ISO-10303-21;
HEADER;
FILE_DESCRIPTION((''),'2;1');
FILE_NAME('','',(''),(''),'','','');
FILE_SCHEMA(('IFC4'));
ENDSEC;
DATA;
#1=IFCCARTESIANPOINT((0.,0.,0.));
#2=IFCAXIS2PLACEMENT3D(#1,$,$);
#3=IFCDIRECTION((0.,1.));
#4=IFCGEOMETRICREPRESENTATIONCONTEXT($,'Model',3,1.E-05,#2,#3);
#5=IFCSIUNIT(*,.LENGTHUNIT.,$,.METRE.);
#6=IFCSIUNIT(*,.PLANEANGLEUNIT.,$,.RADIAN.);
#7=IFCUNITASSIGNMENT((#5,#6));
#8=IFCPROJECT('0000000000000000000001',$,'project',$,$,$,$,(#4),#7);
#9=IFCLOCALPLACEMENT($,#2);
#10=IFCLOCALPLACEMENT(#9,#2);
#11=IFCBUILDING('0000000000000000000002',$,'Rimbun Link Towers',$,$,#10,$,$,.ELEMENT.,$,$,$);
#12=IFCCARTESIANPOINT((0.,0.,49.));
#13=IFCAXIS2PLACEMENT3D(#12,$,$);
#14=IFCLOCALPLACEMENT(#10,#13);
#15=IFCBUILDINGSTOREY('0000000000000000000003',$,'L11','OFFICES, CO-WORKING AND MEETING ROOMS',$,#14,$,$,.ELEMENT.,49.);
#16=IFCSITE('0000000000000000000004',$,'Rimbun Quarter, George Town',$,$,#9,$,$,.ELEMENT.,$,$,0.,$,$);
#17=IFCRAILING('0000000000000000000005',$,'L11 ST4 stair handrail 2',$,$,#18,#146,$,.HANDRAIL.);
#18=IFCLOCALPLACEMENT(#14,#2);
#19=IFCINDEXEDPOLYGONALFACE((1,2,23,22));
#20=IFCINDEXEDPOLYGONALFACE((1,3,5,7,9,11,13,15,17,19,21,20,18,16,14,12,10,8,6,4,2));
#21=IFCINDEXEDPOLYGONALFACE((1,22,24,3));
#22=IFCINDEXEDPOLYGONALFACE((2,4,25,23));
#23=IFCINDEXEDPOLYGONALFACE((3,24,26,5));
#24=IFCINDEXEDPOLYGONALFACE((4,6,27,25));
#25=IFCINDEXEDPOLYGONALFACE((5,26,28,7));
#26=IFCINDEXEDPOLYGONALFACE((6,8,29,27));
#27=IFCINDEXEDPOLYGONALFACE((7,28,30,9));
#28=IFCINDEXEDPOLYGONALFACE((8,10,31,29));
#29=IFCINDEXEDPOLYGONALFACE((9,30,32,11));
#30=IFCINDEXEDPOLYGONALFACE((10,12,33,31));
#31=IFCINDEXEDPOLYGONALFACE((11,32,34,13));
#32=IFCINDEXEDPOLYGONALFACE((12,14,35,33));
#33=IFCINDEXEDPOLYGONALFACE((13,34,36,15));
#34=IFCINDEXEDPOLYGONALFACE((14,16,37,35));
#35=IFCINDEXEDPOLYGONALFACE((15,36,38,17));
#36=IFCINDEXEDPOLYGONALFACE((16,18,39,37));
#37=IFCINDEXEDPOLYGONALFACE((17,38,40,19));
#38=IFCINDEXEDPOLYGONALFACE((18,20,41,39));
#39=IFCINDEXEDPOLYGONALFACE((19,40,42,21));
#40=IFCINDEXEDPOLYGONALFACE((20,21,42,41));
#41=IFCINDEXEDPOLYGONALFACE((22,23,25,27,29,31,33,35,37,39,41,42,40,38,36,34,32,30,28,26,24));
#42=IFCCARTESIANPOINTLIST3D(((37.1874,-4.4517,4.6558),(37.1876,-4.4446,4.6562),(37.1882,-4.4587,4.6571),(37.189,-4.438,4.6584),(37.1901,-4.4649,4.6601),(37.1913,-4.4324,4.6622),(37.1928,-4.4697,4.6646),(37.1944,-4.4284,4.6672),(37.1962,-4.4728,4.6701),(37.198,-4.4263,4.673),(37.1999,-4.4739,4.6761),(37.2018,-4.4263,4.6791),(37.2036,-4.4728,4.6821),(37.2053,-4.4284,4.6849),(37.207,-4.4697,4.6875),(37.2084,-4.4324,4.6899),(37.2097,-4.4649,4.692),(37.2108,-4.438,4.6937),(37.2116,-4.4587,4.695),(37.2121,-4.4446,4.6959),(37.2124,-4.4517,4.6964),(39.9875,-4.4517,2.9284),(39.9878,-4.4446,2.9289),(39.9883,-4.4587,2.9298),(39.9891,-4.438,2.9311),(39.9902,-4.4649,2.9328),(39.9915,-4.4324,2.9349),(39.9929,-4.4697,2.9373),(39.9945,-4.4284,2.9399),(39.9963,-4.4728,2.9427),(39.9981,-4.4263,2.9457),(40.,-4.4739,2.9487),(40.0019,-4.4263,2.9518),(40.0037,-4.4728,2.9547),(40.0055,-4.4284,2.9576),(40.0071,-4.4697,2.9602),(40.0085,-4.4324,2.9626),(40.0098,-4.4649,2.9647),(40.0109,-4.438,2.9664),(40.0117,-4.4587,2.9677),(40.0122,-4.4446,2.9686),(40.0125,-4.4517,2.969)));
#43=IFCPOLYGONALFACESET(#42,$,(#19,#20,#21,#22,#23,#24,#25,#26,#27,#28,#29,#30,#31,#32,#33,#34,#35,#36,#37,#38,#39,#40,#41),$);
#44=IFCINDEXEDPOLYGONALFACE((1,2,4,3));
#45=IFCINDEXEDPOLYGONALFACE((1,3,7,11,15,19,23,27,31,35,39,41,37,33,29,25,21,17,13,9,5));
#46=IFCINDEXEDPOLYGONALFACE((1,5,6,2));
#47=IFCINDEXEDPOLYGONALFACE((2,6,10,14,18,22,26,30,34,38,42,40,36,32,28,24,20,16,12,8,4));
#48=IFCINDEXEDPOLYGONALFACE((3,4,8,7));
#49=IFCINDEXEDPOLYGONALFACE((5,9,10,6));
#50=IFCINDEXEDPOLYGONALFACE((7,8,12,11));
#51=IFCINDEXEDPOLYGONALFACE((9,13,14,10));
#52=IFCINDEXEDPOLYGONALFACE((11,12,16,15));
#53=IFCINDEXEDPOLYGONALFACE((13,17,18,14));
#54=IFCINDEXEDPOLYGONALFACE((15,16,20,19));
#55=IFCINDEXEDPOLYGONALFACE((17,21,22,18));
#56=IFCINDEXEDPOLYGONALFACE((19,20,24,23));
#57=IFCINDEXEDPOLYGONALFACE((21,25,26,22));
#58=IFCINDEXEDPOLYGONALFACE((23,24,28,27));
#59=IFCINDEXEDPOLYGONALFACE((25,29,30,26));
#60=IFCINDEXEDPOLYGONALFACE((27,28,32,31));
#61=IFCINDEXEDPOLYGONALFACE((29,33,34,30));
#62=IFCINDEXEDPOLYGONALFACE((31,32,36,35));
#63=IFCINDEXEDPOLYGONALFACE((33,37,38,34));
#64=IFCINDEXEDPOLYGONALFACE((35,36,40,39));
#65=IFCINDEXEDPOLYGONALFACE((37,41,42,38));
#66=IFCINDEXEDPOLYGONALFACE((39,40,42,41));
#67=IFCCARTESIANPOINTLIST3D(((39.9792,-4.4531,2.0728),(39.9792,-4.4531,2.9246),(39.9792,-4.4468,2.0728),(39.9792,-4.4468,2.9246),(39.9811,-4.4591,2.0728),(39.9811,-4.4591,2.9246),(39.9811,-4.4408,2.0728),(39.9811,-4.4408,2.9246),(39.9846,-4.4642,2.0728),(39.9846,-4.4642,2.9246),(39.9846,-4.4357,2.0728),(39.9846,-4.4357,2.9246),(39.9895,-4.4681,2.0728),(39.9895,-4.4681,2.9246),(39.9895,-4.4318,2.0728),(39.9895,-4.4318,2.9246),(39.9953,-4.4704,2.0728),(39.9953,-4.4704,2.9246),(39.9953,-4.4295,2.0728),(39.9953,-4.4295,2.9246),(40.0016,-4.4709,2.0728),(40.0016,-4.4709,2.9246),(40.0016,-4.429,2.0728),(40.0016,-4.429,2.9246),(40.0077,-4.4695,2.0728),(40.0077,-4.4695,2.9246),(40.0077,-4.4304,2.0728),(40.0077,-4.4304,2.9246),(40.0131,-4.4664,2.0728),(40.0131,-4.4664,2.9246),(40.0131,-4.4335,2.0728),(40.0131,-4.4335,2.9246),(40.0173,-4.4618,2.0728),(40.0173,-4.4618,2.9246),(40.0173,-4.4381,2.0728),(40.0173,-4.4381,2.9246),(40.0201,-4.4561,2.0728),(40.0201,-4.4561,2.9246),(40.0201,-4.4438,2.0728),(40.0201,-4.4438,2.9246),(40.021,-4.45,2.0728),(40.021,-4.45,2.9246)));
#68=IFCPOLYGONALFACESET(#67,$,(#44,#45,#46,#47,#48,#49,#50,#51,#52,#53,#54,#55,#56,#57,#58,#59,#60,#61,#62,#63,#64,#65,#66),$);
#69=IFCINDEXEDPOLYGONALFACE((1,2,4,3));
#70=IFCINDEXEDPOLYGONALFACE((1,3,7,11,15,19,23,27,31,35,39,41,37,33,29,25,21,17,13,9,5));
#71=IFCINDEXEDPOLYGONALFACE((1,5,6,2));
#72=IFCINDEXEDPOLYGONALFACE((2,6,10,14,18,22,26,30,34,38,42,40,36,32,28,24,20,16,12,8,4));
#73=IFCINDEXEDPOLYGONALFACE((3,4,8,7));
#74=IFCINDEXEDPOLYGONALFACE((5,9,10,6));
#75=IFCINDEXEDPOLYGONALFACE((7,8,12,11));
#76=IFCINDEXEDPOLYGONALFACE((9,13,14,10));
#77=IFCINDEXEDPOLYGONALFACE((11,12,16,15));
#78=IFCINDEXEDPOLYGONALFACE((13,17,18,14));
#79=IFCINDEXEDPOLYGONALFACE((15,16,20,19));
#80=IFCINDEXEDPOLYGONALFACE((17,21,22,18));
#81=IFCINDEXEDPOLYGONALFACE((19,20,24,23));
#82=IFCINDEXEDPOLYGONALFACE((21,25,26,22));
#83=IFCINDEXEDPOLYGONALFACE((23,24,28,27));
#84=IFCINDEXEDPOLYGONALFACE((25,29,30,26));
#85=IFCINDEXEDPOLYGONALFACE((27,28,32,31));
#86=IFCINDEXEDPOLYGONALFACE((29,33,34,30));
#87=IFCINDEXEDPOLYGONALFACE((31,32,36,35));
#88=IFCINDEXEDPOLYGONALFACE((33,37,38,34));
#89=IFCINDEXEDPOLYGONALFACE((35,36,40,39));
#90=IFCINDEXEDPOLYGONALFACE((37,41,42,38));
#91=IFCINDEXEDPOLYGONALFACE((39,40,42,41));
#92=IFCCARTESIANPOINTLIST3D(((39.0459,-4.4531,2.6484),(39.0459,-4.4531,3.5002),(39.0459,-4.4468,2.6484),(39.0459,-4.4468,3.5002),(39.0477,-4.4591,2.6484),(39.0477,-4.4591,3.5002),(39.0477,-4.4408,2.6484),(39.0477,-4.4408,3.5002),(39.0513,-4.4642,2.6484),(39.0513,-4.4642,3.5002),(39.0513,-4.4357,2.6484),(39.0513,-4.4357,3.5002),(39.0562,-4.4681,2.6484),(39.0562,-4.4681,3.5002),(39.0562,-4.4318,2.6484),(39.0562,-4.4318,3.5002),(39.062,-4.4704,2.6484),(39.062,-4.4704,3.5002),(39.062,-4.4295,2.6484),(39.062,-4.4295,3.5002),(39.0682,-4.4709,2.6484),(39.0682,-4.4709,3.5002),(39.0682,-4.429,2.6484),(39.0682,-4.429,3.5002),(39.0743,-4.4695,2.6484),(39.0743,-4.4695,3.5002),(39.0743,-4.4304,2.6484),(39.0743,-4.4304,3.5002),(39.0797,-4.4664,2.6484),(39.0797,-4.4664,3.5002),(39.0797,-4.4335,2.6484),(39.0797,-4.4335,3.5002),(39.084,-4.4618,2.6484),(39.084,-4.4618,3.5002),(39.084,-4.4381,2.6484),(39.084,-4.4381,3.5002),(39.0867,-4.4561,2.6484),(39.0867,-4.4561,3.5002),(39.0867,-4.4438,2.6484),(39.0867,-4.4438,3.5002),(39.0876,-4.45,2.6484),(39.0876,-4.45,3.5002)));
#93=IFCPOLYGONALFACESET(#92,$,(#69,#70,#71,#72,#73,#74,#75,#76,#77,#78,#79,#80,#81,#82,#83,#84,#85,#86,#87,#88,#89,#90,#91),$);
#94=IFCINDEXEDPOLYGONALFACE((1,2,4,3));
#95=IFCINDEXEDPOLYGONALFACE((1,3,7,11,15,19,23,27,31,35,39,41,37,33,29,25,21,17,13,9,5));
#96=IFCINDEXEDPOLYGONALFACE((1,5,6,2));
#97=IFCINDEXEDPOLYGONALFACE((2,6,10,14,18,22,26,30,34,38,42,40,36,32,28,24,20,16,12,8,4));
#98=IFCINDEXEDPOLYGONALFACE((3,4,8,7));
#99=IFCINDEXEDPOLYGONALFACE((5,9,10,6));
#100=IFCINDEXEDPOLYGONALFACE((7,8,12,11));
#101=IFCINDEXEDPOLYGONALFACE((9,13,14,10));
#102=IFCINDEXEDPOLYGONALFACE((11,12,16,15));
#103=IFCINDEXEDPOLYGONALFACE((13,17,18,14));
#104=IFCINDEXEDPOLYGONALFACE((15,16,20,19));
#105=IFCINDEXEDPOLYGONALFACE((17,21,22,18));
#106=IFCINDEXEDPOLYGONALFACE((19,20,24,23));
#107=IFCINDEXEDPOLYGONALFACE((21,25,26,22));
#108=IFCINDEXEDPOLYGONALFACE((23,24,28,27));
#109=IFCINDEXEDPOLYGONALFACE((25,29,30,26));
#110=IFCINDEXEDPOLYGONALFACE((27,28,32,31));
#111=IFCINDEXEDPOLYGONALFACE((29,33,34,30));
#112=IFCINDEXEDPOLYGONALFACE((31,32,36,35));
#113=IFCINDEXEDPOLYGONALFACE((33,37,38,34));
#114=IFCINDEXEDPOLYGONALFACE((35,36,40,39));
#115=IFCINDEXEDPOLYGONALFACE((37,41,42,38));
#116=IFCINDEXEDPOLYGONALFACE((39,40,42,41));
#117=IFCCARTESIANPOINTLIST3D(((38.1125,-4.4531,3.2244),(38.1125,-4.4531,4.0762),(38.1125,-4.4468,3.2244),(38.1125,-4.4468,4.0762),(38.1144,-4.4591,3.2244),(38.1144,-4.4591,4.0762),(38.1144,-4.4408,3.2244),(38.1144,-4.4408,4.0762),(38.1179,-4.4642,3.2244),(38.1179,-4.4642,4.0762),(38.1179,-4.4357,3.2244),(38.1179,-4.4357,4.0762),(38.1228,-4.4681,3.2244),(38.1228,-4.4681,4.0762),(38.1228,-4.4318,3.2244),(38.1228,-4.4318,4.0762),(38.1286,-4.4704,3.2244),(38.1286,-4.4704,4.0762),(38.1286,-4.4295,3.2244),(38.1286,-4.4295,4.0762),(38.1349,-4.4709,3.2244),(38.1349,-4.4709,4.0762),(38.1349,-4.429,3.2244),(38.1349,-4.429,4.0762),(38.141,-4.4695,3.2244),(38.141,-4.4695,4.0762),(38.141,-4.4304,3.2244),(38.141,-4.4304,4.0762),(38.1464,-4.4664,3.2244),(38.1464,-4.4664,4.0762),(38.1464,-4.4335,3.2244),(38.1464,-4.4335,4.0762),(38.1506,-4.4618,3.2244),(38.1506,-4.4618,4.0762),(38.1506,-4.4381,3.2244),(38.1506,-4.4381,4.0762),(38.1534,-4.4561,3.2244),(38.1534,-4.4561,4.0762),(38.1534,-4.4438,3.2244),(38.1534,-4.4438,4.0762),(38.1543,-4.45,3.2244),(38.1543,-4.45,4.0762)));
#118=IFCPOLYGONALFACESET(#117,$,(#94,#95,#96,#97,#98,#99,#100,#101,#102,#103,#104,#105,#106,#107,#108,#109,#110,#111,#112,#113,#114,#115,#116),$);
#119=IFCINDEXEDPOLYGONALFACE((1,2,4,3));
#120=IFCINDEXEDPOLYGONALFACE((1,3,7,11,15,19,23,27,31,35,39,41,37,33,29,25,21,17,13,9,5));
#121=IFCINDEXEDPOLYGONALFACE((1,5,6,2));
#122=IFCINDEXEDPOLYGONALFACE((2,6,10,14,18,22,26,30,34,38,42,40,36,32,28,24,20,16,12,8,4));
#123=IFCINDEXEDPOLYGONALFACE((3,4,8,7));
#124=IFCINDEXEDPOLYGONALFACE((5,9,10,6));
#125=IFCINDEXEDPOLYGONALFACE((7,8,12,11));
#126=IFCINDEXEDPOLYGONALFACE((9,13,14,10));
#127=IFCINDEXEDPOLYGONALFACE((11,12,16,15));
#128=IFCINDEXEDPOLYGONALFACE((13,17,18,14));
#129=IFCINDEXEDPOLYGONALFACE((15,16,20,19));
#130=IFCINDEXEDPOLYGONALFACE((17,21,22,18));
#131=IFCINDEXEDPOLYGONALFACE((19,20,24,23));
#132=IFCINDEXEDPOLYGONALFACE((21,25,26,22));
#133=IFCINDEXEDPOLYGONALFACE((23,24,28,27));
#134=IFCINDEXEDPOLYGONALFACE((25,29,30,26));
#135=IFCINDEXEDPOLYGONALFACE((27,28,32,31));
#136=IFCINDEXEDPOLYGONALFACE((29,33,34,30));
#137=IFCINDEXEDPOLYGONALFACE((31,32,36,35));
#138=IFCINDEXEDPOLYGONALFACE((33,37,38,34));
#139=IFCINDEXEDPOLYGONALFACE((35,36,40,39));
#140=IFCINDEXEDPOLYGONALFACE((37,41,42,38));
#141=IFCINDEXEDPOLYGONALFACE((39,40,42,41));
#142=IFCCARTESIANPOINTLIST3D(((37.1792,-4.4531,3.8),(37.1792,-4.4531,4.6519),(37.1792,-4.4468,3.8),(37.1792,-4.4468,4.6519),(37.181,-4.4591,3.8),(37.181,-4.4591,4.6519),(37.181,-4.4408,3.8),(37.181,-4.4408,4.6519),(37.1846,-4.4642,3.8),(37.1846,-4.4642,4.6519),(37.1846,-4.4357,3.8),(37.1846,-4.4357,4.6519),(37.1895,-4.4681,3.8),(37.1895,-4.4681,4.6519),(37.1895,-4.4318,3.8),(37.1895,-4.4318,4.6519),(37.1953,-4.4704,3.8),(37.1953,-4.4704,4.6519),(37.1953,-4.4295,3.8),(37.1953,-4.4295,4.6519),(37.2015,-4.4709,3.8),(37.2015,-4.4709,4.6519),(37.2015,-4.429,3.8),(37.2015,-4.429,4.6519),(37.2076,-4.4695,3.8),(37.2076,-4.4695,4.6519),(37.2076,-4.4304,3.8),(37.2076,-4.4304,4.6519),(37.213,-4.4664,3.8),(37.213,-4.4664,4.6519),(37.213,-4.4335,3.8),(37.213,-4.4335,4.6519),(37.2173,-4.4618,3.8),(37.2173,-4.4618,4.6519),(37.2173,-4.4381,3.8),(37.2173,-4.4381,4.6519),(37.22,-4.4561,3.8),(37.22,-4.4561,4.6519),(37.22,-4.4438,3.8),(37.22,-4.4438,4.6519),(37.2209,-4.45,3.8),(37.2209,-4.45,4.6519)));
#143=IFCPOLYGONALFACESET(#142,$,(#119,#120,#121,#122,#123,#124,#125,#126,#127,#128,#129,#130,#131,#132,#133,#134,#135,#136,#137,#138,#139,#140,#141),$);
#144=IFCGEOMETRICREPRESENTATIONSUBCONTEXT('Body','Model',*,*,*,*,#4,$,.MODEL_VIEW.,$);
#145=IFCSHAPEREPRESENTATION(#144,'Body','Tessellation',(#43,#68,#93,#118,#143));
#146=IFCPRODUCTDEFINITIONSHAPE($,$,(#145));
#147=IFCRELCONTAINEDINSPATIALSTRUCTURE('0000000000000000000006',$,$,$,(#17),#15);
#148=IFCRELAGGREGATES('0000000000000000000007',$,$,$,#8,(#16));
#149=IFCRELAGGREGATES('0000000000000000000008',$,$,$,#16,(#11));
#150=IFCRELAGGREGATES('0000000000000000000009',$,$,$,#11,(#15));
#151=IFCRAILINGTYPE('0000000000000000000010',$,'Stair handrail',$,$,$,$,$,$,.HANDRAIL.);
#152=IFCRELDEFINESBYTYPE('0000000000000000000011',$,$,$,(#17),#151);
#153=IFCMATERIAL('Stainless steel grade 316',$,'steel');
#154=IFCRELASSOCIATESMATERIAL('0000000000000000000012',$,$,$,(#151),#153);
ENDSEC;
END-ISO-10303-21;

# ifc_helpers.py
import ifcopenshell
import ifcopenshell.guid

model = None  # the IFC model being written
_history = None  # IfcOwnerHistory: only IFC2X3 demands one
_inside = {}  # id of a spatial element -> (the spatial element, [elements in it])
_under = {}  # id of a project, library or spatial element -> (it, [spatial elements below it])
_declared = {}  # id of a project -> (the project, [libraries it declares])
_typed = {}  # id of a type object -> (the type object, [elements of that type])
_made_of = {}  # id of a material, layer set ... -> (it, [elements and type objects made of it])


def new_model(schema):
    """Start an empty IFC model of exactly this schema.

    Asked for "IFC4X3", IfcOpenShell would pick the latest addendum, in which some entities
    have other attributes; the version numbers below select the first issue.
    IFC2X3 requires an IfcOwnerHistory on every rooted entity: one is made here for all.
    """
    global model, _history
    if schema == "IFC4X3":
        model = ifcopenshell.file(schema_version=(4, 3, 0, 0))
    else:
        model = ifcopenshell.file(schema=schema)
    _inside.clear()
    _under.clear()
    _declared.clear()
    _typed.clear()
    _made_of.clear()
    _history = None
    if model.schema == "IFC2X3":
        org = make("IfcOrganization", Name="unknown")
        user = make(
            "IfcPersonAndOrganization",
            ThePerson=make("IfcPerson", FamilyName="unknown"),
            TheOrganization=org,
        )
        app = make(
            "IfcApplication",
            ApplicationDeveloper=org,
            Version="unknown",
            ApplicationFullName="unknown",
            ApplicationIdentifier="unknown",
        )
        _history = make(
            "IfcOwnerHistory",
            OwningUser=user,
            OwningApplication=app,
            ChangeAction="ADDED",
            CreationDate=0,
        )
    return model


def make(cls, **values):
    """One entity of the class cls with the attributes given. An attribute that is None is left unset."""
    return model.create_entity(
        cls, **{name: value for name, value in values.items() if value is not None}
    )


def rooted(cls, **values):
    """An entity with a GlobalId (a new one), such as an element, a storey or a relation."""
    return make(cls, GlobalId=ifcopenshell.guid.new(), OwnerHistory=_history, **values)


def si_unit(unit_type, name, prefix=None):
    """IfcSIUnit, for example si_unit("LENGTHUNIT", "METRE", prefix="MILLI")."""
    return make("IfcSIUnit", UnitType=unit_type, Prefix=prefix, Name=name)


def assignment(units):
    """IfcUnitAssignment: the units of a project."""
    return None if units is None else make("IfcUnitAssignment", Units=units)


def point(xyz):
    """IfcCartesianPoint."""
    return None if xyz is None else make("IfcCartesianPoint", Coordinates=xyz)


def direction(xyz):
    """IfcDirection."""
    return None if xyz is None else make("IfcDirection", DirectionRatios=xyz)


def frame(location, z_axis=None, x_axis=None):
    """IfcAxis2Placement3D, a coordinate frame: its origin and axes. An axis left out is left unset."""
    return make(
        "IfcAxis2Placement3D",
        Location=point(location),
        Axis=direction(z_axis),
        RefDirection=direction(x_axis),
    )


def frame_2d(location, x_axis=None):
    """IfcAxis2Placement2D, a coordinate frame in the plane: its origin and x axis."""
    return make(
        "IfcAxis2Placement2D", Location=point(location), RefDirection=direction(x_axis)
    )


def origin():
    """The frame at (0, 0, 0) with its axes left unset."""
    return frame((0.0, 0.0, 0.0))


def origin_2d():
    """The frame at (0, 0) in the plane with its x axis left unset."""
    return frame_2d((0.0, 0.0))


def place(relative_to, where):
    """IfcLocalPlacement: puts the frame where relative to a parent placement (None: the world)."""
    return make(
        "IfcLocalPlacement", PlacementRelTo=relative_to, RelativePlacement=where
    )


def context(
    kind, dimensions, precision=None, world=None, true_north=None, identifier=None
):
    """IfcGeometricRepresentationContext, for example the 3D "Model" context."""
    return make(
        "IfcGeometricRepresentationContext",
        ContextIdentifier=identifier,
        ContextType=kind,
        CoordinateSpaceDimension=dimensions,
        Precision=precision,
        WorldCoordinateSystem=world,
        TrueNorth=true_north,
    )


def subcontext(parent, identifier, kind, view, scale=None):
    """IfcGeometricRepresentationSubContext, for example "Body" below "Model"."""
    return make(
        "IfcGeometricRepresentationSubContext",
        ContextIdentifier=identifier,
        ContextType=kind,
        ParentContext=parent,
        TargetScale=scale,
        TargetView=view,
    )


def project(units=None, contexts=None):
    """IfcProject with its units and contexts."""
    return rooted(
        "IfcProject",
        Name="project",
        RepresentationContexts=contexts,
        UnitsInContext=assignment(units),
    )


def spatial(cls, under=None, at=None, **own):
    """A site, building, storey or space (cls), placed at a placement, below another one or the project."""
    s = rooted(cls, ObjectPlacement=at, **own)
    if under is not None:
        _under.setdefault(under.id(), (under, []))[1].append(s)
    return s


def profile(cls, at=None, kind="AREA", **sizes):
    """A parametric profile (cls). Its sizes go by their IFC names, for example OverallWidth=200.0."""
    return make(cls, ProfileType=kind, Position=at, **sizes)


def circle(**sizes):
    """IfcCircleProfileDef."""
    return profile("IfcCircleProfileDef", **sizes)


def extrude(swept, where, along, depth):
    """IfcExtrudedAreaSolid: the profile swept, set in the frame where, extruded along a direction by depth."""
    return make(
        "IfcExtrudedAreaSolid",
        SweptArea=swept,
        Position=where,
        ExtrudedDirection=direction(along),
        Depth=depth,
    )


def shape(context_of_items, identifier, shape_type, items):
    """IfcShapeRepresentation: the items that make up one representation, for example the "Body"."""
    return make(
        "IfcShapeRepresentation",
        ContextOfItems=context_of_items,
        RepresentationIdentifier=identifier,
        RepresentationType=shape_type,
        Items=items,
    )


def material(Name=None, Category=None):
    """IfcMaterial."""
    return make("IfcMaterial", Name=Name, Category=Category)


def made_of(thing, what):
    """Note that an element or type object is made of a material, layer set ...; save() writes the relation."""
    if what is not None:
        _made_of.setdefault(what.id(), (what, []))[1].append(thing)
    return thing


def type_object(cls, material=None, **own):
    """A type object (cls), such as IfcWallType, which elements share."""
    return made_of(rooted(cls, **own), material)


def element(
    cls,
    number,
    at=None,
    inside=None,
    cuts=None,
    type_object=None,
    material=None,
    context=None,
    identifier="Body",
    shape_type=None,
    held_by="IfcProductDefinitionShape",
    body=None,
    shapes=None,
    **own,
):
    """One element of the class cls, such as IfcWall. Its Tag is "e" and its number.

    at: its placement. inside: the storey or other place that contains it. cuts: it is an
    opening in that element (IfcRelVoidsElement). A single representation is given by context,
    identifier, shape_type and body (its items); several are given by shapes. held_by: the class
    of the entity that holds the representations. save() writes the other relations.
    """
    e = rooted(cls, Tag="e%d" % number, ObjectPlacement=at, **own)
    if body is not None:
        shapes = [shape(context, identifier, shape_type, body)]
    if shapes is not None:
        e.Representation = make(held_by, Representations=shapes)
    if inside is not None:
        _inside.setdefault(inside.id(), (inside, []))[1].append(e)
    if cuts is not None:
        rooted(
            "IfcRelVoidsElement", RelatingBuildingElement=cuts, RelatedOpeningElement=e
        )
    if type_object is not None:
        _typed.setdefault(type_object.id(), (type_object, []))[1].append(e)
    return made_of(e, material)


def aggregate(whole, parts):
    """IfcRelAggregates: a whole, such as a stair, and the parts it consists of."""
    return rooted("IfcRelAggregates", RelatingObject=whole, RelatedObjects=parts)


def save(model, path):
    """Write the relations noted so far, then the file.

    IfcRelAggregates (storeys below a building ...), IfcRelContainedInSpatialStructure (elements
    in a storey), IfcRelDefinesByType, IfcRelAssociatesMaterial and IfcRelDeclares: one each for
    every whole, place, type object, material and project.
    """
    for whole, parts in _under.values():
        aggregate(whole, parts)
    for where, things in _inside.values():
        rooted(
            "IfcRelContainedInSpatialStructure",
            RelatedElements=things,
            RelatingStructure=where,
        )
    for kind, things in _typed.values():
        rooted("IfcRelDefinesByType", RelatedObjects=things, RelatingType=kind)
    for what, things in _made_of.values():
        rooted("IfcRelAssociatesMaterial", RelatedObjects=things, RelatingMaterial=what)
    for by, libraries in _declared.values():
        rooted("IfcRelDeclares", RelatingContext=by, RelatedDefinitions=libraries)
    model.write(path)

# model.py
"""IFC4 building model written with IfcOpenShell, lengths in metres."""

from ifc_helpers import new_model, si_unit, direction, frame, origin, origin_2d, place, context, subcontext, project, spatial, circle, extrude, material, type_object, element, save


model = new_model("IFC4")

# Units and contexts
model_context = context("Model", 3, precision=1e-05, world=origin(), true_north=direction((0.0, 1.0)))
body_context = subcontext(model_context, "Body", "Model", "MODEL_VIEW")
ifc_project = project(units=[si_unit("LENGTHUNIT", "METRE"), si_unit("PLANEANGLEUNIT", "RADIAN")], contexts=[model_context])

# Site, building, storey
site_placement = place(None, origin())
site = spatial("IfcSite", under=ifc_project, at=site_placement, Name="Rimbun Quarter, George Town", CompositionType="ELEMENT", RefElevation=0.0)
building_placement = place(site_placement, origin())
building = spatial("IfcBuilding", under=site, at=building_placement, Name="Rimbun Link Towers", CompositionType="ELEMENT")
storey_placement = place(building_placement, frame((0.0, 0.0, 49.0)))
storey = spatial("IfcBuildingStorey", under=building, at=storey_placement, Name="L11", Description="OFFICES, CO-WORKING AND MEETING ROOMS", CompositionType="ELEMENT", Elevation=49.0)

# Railing
ifc_material_1 = material(Name="Stainless steel grade 316", Category="steel")
railing_type_1 = type_object("IfcRailingType", Name="Stair handrail", PredefinedType="HANDRAIL", material=ifc_material_1)
railing_1_placement = place(storey_placement, frame((40.0, -4.45, 2.0728)))
element("IfcRailing", 1, at=railing_1_placement, inside=storey, type_object=railing_type_1, Name="L11 ST4 stair handrail 2", PredefinedType="HANDRAIL", context=body_context, shape_type="SweptSolid", body=[
    extrude(circle(Radius=0.0239, at=origin_2d()), frame((0.0, 0.0, 0.876), z_axis=(-0.85109, 0.0, 0.52502), x_axis=(0.0, -1.0, 0.0)), (0.0, 0.0, 1.0), 3.29),
    extrude(circle(Radius=0.021, at=origin_2d()), origin(), (0.0, 0.0, 1.0), 0.8518),
    extrude(circle(Radius=0.021, at=origin_2d()), frame((-0.9333, 0.0, 0.5757)), (0.0, 0.0, 1.0), 0.8518),
    extrude(circle(Radius=0.021, at=origin_2d()), frame((-1.8667, 0.0, 1.1516)), (0.0, 0.0, 1.0), 0.8518),
    extrude(circle(Radius=0.021, at=origin_2d()), frame((-2.8, 0.0, 1.7273)), (0.0, 0.0, 1.0), 0.8518),
])

save(model, "model.ifc")
